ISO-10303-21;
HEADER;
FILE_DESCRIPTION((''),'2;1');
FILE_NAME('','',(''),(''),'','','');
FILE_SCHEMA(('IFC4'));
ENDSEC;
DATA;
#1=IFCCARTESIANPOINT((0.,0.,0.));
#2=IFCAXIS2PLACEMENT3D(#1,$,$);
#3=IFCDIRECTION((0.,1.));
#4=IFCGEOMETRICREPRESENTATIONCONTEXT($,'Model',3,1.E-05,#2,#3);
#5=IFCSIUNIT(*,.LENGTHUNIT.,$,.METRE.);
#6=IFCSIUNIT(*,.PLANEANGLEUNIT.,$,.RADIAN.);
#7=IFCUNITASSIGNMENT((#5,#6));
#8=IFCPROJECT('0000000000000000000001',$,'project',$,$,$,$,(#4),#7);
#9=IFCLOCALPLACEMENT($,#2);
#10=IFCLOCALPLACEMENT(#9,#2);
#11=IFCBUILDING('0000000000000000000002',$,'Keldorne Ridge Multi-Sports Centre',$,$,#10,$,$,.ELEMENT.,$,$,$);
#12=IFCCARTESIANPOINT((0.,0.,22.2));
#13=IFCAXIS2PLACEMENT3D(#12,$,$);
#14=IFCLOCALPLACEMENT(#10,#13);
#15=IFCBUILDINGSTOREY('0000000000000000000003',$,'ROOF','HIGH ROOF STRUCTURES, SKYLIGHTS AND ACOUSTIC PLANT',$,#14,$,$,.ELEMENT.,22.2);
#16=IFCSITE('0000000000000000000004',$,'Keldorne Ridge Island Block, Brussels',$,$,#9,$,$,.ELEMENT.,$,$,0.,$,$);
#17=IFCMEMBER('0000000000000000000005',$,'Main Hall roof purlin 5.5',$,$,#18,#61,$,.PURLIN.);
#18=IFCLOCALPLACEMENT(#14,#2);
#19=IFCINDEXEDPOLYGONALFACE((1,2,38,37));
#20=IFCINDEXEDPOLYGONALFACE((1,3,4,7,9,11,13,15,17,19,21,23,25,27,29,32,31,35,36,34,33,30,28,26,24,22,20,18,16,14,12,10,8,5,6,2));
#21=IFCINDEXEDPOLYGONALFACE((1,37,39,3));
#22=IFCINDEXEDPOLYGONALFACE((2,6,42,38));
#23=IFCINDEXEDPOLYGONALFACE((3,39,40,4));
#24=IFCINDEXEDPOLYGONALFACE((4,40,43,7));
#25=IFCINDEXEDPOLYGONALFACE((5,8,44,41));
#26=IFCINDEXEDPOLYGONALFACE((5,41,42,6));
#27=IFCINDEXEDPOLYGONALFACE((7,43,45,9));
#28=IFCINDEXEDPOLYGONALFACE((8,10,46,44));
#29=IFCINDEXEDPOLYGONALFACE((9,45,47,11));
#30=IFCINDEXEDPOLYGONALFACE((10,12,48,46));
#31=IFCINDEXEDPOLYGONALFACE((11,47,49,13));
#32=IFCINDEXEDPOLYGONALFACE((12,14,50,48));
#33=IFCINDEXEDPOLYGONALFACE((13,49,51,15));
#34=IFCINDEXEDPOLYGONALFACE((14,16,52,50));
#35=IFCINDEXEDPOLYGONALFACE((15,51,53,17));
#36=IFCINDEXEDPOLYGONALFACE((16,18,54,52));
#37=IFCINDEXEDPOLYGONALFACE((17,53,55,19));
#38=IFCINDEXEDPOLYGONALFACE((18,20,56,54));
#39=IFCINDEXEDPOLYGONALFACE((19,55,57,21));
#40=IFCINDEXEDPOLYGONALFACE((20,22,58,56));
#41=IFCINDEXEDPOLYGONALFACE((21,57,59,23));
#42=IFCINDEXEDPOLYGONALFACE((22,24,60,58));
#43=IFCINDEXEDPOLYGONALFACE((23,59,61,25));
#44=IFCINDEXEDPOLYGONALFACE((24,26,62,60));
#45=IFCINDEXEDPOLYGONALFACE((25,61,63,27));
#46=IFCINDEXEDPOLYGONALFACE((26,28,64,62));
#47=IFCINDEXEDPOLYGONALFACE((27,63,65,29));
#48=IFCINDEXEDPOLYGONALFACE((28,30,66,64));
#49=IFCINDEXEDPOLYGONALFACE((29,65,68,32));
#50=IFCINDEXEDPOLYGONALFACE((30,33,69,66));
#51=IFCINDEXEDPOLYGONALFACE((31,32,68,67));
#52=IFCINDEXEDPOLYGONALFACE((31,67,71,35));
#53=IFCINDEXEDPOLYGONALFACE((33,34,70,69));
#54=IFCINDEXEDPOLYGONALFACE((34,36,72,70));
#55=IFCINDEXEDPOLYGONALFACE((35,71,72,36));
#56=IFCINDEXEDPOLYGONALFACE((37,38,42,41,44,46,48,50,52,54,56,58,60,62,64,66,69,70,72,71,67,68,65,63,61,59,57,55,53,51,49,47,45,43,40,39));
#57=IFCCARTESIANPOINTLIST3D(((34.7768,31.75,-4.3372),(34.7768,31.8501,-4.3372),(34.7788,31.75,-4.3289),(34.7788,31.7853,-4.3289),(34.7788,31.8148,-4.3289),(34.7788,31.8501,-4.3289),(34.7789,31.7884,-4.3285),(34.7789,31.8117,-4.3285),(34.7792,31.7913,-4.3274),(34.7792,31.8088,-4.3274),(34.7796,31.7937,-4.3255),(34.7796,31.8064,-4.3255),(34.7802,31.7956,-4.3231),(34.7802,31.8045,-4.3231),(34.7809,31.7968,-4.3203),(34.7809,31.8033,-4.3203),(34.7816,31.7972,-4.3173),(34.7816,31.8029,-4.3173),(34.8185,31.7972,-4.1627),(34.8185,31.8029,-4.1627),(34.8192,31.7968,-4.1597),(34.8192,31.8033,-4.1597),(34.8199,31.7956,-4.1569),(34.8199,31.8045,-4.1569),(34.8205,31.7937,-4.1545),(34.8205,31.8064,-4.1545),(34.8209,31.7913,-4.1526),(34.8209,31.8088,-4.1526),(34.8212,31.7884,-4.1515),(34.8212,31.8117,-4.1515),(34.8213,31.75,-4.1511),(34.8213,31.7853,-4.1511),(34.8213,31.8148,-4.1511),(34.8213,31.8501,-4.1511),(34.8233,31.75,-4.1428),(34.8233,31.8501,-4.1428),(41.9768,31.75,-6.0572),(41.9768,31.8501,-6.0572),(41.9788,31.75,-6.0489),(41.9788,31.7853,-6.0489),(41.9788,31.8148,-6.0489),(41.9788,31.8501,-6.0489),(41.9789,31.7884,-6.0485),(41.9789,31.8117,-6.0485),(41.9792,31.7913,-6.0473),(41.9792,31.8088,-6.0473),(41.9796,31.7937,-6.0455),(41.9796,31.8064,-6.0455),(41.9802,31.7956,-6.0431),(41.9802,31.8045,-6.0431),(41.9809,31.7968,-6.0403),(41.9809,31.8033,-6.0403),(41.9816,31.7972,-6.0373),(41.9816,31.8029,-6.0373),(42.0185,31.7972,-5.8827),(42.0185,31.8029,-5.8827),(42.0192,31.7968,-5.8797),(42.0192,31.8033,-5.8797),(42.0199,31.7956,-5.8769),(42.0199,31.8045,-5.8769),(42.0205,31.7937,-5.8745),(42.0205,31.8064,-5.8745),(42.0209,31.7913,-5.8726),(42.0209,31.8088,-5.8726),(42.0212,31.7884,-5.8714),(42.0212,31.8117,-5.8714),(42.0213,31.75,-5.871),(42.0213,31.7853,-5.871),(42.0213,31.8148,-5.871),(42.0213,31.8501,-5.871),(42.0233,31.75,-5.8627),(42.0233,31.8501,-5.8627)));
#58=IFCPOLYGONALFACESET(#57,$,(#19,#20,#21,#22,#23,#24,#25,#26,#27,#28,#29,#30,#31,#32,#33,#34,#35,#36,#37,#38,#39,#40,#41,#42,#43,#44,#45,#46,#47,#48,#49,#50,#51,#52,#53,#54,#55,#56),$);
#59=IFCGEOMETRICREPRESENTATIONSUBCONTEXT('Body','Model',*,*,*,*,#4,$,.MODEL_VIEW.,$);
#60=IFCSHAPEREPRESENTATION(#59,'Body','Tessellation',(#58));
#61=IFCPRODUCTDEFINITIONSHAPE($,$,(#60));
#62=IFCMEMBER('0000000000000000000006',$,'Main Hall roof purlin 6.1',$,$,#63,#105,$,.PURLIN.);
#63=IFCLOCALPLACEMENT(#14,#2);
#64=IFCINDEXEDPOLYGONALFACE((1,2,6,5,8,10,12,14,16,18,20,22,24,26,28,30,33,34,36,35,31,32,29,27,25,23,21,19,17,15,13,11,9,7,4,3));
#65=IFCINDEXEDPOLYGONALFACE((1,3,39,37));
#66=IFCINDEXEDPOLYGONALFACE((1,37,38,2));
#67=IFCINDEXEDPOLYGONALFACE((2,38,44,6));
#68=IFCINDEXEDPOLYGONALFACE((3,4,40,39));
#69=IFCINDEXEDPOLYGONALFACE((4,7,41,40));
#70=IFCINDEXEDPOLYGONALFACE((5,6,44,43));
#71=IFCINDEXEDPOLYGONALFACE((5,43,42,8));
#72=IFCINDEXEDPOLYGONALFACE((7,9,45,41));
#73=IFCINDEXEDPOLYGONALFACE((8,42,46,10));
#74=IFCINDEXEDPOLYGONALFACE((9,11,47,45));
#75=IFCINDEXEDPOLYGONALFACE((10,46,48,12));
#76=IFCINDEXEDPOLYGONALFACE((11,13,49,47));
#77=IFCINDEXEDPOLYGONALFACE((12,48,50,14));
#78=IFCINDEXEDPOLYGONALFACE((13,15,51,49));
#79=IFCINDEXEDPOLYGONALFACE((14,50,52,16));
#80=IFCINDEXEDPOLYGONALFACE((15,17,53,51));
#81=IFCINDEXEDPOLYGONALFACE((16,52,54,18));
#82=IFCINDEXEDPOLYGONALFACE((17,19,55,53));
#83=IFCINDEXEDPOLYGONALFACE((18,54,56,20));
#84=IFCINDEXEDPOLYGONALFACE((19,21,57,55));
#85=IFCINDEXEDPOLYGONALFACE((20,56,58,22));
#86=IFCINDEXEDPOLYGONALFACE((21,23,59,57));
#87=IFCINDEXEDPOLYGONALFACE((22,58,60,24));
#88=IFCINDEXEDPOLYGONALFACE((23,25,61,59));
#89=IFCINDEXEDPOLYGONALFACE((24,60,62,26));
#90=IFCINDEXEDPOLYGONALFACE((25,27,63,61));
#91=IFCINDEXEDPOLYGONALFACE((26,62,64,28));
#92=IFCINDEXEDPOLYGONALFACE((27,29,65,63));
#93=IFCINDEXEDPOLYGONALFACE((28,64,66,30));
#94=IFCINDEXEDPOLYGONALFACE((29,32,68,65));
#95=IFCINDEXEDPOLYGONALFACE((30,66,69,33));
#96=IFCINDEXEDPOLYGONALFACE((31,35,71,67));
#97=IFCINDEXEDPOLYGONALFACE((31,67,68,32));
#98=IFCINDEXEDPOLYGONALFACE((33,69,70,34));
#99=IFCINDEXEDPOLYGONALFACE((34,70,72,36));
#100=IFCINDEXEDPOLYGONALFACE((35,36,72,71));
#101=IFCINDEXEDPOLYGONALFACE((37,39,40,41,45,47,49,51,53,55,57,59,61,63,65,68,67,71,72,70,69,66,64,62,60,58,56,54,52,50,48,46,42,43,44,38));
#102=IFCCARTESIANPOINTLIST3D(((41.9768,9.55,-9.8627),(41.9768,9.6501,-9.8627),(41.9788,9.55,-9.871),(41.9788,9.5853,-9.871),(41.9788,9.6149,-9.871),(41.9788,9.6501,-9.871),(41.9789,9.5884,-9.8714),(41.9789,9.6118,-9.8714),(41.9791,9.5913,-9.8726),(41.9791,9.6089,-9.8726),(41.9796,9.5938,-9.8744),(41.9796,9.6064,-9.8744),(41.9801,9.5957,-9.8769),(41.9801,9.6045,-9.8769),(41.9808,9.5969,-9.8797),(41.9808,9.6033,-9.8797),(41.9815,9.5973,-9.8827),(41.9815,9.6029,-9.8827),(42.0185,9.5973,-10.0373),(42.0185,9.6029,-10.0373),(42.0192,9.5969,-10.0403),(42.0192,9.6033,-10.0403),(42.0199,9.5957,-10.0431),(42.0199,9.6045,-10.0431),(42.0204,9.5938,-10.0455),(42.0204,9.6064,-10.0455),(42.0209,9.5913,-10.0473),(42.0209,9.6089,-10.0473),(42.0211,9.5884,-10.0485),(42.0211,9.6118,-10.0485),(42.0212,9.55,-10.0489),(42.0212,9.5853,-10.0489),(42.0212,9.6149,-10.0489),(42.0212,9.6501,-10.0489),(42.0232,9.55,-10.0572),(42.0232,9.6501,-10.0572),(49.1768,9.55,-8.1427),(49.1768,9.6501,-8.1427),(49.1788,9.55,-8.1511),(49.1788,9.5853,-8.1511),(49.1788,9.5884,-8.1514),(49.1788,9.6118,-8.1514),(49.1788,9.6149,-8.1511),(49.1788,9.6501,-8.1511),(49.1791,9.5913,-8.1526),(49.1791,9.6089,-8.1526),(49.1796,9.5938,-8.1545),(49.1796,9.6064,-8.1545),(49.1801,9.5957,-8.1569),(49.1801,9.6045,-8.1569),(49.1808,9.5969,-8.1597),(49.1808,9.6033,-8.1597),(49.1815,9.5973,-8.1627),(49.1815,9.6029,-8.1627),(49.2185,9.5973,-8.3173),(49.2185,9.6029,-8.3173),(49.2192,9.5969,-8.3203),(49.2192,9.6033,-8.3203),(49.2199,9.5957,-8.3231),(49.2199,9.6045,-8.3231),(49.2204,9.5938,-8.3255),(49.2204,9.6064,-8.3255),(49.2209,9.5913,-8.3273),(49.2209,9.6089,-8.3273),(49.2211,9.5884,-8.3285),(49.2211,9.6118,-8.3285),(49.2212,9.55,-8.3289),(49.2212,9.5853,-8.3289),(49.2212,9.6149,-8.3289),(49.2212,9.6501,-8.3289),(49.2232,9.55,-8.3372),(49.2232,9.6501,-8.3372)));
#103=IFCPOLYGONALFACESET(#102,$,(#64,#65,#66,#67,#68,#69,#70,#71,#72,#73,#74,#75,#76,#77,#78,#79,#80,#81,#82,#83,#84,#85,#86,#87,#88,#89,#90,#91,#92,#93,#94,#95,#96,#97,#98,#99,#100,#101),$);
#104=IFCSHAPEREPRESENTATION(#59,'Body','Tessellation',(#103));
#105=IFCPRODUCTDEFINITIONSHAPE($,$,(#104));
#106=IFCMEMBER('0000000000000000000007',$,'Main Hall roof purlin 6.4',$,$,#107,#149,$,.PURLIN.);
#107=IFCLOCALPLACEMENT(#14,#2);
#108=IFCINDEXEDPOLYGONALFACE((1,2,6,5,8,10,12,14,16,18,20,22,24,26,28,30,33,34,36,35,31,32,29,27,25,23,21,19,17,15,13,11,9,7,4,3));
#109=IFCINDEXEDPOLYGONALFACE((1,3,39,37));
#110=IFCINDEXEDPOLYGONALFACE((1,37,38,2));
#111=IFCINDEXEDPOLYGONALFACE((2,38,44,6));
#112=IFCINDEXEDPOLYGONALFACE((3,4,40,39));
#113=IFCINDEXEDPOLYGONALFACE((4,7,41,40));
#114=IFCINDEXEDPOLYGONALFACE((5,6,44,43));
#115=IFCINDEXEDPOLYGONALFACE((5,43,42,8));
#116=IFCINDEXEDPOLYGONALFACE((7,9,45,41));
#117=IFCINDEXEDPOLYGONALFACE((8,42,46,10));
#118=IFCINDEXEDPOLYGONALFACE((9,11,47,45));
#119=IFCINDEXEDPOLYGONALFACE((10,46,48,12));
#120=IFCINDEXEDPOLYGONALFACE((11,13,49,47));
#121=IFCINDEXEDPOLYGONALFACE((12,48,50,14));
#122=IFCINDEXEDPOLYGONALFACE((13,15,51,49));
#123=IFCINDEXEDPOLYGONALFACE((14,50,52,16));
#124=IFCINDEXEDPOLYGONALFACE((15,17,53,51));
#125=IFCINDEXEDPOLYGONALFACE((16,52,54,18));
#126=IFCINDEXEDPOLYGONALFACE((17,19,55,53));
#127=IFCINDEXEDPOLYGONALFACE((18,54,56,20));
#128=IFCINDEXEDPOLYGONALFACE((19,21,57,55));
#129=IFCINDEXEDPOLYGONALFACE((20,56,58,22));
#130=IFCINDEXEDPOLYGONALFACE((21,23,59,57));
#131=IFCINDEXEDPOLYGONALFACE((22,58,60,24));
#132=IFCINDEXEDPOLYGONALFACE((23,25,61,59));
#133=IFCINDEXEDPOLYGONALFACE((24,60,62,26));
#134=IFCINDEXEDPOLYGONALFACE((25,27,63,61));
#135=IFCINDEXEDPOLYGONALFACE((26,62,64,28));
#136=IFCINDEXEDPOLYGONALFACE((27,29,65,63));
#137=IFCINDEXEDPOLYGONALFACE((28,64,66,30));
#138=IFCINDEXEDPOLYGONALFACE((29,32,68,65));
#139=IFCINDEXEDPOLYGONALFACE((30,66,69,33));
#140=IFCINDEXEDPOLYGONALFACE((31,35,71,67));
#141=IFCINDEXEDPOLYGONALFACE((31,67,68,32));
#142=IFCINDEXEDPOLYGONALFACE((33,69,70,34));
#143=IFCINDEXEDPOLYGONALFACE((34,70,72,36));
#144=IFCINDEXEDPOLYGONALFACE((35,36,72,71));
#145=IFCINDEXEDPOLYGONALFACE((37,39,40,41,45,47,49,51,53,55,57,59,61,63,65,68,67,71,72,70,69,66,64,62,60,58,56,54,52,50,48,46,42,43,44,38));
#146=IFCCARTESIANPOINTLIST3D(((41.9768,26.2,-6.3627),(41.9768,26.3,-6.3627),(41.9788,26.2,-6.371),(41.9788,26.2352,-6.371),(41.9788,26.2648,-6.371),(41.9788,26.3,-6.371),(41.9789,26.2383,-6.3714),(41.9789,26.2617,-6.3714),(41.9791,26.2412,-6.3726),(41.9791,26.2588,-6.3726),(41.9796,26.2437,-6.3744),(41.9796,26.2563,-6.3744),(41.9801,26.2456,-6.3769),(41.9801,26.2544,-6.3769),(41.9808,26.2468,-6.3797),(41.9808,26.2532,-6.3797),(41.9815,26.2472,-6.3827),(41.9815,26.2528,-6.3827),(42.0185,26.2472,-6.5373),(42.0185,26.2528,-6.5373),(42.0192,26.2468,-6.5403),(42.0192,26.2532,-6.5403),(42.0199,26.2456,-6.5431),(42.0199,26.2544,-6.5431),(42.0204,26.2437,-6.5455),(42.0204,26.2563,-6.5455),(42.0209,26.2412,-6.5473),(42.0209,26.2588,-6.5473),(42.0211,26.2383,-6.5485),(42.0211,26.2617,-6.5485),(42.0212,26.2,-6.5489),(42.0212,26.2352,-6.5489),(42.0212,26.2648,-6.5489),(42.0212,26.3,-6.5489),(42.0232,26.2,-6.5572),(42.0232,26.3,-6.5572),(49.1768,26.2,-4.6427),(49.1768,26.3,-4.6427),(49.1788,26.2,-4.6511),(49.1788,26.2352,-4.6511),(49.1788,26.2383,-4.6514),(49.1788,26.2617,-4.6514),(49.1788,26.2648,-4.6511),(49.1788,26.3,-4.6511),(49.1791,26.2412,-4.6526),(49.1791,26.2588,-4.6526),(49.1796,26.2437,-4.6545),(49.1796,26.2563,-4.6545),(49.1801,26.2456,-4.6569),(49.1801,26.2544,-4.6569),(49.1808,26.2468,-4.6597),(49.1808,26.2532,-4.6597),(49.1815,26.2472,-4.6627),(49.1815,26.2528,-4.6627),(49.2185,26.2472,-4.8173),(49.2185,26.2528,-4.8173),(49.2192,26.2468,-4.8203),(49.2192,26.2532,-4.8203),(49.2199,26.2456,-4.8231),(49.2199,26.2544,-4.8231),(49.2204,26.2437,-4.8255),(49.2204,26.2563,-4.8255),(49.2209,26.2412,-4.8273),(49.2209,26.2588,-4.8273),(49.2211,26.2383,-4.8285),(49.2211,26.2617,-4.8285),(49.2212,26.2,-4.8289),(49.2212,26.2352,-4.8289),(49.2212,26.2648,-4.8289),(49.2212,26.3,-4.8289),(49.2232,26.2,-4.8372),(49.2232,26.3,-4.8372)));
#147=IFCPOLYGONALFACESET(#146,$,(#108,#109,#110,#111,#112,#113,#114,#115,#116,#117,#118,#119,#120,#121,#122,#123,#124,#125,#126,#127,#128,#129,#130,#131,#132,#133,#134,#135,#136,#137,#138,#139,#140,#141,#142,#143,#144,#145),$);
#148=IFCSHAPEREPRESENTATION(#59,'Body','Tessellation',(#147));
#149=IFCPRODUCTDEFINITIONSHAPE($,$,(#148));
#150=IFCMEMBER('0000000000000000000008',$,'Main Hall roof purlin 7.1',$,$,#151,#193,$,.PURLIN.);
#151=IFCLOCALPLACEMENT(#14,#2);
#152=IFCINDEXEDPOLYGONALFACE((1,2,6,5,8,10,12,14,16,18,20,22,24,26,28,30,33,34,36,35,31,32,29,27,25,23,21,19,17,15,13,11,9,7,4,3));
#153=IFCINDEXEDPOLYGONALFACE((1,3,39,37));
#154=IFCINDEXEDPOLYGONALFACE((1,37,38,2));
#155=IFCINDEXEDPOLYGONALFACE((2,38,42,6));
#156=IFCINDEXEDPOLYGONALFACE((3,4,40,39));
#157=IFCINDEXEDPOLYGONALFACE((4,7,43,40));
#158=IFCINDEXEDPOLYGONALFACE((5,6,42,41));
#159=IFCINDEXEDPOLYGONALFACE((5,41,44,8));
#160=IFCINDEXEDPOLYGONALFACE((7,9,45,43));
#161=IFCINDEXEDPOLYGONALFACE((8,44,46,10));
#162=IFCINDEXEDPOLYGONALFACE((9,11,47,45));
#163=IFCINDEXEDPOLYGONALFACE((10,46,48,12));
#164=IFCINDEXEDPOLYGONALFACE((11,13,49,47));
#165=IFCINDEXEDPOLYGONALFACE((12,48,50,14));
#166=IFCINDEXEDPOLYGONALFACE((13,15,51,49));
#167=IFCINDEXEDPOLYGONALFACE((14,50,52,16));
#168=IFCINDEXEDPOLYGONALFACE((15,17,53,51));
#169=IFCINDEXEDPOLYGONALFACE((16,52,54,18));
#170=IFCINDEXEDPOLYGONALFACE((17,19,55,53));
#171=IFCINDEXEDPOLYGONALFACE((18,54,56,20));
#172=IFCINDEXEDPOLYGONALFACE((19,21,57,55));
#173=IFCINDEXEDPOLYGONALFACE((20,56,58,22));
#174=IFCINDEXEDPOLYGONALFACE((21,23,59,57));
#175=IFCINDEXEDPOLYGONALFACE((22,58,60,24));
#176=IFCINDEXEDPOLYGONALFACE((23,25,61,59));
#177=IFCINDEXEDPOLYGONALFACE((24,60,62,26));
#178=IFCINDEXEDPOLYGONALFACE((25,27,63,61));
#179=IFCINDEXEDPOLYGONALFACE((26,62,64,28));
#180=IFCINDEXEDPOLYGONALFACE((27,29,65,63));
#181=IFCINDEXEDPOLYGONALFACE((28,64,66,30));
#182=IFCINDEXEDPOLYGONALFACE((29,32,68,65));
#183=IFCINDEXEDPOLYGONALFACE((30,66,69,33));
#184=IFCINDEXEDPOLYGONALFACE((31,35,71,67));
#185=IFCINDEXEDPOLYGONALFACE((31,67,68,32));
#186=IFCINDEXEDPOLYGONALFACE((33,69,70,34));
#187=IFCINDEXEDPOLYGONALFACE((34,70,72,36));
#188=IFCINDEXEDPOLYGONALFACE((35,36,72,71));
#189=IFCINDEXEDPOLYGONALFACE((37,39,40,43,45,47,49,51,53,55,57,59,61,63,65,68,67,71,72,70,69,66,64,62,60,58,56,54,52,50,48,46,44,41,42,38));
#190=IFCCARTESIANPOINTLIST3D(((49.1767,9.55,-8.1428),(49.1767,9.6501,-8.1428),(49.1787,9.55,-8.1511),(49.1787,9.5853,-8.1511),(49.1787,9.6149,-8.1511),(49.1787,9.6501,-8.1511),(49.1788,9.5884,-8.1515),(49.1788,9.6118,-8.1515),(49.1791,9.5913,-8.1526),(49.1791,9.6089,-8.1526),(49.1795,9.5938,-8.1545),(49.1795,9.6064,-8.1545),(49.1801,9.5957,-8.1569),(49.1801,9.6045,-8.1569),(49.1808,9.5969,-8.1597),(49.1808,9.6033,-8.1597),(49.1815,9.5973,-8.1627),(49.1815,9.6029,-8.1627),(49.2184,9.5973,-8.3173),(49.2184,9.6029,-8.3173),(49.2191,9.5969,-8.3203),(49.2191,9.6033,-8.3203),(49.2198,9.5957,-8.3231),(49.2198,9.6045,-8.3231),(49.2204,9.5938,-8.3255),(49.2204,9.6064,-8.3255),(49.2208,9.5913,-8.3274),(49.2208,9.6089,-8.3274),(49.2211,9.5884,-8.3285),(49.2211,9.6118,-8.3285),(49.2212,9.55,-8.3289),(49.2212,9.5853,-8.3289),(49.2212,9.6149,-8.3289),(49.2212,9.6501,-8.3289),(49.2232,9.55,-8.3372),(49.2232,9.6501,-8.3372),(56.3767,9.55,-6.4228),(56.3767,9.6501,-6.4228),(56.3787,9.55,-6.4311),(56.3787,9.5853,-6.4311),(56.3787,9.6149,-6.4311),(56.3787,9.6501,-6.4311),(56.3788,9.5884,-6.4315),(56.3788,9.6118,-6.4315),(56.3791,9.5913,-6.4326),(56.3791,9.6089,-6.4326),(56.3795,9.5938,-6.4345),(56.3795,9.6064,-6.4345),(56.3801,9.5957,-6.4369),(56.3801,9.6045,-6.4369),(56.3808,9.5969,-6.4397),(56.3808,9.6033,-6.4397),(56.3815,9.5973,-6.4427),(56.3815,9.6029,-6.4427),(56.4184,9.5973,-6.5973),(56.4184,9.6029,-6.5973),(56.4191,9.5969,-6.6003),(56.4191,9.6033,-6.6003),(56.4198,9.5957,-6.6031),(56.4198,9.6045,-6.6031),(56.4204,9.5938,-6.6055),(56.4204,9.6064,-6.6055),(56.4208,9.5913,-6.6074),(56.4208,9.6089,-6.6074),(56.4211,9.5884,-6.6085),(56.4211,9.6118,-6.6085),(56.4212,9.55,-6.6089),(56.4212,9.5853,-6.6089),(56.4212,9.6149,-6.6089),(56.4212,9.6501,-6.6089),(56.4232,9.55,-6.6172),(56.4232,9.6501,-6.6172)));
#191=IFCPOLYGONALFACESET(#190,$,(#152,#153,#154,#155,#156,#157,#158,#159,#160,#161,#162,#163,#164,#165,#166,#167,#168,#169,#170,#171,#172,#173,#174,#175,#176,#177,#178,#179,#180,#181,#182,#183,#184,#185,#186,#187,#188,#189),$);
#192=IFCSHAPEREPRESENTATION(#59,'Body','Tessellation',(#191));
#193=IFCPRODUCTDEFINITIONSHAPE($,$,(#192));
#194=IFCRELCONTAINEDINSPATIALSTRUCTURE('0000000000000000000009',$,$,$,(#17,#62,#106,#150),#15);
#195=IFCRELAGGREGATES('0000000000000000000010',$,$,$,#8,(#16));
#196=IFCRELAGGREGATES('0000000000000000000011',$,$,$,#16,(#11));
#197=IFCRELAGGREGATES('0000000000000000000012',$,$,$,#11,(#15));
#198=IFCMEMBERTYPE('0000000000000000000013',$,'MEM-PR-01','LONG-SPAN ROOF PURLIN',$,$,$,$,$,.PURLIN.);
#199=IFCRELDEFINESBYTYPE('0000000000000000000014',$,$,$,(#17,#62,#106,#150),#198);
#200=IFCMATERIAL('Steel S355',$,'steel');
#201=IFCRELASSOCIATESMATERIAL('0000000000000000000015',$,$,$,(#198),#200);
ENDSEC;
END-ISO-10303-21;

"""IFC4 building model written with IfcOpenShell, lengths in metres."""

from ifc_helpers import new_model, si_unit, direction, frame, origin, origin_2d, place, context, subcontext, project, spatial, i_section, extrude, material, material_profile, profile_set, type_object, element, save


model = new_model("IFC4")

# Units and contexts
model_context = context("Model", 3, precision=1e-05, world=origin(), true_north=direction((0.0, 1.0)))
body_context = subcontext(model_context, "Body", "Model", "MODEL_VIEW")
ifc_project = project(units=[si_unit("LENGTHUNIT", "METRE"), si_unit("PLANEANGLEUNIT", "RADIAN")], contexts=[model_context])

# Site, building, storey
site_placement = place(None, origin())
site = spatial("IfcSite", under=ifc_project, at=site_placement, Name="Keldorne Ridge Island Block, Brussels", CompositionType="ELEMENT", RefElevation=0.0)
building_placement = place(site_placement, origin())
building = spatial("IfcBuilding", under=site, at=building_placement, Name="Keldorne Ridge Multi-Sports Centre", CompositionType="ELEMENT")
storey_placement = place(building_placement, frame((0.0, 0.0, 22.2)))
storey = spatial("IfcBuildingStorey", under=building, at=storey_placement, Name="ROOF", Description="HIGH ROOF STRUCTURES, SKYLIGHTS AND ACOUSTIC PLANT", CompositionType="ELEMENT", Elevation=22.2)

# Members
ifc_material = material(Name="Steel S355", Category="steel")
ifc_material_profile_1 = material_profile(ifc_material, i_section(OverallWidth=0.1001, OverallDepth=0.2, WebThickness=0.0056, FlangeThickness=0.0085, FilletRadius=0.012, at=origin_2d()), Name="IPE 200")
ifc_profile_set_1 = profile_set([ifc_material_profile_1], Name="Steel S355")
member_type_1 = type_object("IfcMemberType", Name="MEM-PR-01", Description="LONG-SPAN ROOF PURLIN", PredefinedType="PURLIN", material=ifc_profile_set_1)
for number, where, z_axis, x_axis, name in (
    (1, (34.8, 31.8, -4.24), (0.972633, 0.0, -0.232349), (0.0, 1.0, 0.0), "Main Hall roof purlin 5.5"),
    (2, (42.0, 9.6001, -9.96), (0.972633, 0.0, 0.232349), (0.0, 1.0, 0.0), "Main Hall roof purlin 6.1"),
    (3, (42.0, 26.25, -6.46), (0.972633, 0.0, 0.232349), (0.0, 1.0, 0.0), "Main Hall roof purlin 6.4"),
    (4, (49.2, 9.6001, -8.24), (0.972633, 0.0, 0.232349), (0.0, 1.0, 0.0), "Main Hall roof purlin 7.1"),
):
    element("IfcMember", number, at=place(storey_placement, frame(where, z_axis=z_axis, x_axis=x_axis)), inside=storey, type_object=member_type_1, Name=name, PredefinedType="PURLIN", context=body_context, shape_type="SweptSolid", body=[
        extrude(i_section(OverallWidth=0.1001, OverallDepth=0.2, WebThickness=0.0056, FlangeThickness=0.0085, FilletRadius=0.012, at=origin_2d()), origin(), (0.0, 0.0, 1.0), 7.4026),
    ])

save(model, "model.ifc")
